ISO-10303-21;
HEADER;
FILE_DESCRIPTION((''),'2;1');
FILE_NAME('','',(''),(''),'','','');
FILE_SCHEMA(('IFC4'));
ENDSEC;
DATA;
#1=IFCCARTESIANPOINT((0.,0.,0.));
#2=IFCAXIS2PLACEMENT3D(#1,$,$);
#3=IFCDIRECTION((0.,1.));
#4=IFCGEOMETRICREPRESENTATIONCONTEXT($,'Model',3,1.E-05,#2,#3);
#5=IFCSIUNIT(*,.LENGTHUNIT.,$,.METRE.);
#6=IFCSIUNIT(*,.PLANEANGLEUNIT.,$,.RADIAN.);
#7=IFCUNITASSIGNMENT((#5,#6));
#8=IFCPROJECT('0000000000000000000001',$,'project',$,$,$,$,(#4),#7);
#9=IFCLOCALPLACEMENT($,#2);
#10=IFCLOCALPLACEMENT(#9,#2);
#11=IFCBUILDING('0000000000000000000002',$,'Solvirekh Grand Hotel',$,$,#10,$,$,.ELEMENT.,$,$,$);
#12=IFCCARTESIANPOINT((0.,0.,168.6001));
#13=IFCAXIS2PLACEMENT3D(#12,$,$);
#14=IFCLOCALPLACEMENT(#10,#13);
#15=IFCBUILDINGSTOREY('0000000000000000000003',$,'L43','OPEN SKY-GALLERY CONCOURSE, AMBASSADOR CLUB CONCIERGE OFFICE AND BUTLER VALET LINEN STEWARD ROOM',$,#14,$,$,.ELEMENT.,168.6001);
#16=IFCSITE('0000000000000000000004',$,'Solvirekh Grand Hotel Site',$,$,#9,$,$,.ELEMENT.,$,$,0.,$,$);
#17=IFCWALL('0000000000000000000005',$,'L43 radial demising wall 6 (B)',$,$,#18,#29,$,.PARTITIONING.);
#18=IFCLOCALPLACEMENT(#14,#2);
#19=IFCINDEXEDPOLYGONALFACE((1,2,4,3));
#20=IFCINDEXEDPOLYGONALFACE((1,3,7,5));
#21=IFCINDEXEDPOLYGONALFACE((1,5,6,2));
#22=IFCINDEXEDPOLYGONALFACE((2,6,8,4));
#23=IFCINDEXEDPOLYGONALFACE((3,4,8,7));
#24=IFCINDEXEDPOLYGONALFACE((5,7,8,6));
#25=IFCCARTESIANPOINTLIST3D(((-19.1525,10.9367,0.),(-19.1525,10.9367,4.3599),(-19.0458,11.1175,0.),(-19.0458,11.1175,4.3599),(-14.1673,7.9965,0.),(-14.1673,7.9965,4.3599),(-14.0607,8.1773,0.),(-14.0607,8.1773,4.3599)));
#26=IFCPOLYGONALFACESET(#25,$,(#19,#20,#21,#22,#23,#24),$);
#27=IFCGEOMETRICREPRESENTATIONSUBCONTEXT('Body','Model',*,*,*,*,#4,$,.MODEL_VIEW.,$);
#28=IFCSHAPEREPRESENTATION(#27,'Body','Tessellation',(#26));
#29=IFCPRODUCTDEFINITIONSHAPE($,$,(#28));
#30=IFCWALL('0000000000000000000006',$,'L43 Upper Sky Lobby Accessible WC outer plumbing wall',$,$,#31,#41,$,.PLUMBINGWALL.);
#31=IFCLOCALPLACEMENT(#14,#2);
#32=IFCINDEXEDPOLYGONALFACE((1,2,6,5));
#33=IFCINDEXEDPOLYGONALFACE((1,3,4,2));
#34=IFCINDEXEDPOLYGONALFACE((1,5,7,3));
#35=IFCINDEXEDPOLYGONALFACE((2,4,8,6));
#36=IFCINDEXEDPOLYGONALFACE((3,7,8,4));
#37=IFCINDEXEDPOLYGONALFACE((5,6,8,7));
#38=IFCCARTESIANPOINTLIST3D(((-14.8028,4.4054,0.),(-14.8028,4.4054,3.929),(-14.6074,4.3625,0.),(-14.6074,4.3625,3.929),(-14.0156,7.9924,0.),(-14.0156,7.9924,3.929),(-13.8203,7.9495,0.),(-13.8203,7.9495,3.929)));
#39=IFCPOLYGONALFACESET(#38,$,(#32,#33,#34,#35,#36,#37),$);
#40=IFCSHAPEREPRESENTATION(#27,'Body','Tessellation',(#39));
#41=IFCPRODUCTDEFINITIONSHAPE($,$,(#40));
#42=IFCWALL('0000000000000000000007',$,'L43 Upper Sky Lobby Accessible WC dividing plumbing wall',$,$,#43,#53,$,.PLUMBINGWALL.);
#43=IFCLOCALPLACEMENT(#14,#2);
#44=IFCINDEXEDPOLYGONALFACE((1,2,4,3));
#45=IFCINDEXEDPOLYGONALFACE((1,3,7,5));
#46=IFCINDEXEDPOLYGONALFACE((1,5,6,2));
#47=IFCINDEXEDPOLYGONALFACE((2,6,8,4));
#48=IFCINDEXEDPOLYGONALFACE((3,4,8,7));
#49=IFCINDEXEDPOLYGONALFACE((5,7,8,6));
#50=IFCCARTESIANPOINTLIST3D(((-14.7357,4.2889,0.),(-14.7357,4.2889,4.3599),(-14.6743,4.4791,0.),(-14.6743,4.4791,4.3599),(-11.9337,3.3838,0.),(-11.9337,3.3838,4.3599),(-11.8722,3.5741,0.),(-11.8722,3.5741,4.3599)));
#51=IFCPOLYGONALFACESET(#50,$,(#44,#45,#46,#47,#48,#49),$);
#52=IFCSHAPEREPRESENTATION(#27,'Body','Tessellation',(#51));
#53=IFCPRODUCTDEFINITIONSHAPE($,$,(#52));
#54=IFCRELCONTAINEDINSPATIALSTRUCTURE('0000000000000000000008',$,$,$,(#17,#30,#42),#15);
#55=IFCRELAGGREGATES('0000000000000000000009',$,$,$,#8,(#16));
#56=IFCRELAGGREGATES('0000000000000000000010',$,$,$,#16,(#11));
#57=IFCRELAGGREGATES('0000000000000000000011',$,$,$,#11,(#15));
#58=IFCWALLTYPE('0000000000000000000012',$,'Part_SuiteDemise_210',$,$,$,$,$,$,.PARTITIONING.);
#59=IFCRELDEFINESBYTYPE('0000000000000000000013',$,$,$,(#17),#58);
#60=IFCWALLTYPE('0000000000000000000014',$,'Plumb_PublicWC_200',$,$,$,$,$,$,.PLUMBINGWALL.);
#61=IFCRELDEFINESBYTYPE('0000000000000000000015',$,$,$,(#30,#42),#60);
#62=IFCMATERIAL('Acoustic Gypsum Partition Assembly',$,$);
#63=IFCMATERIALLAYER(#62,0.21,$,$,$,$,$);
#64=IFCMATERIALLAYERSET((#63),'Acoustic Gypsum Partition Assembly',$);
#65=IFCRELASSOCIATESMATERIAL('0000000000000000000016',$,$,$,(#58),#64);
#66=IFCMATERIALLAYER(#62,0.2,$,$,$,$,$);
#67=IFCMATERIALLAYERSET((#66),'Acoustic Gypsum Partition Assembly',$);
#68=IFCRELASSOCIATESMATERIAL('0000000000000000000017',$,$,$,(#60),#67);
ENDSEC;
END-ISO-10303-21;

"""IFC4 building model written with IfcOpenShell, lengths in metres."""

from ifc_helpers import new_model, si_unit, direction, frame, frame_2d, origin, place, context, subcontext, project, spatial, rectangle, extrude, material, layer, layer_set, type_object, element, save


model = new_model("IFC4")

# Units and contexts
model_context = context("Model", 3, precision=1e-05, world=origin(), true_north=direction((0.0, 1.0)))
body_context = subcontext(model_context, "Body", "Model", "MODEL_VIEW")
ifc_project = project(units=[si_unit("LENGTHUNIT", "METRE"), si_unit("PLANEANGLEUNIT", "RADIAN")], contexts=[model_context])

# Site, building, storey
site_placement = place(None, origin())
site = spatial("IfcSite", under=ifc_project, at=site_placement, Name="Solvirekh Grand Hotel Site", CompositionType="ELEMENT", RefElevation=0.0)
building_placement = place(site_placement, origin())
building = spatial("IfcBuilding", under=site, at=building_placement, Name="Solvirekh Grand Hotel", CompositionType="ELEMENT")
storey_placement = place(building_placement, frame((0.0, 0.0, 168.6001)))
storey = spatial("IfcBuildingStorey", under=building, at=storey_placement, Name="L43", Description="OPEN SKY-GALLERY CONCOURSE, AMBASSADOR CLUB CONCIERGE OFFICE AND BUTLER VALET LINEN STEWARD ROOM", CompositionType="ELEMENT", Elevation=168.6001)

# Shared definitions
ifc_material_1 = material(Name="Acoustic Gypsum Partition Assembly")

# Walls
ifc_layer_1 = layer(ifc_material_1, 0.21)
ifc_layer_set_1 = layer_set([ifc_layer_1], Name="Acoustic Gypsum Partition Assembly")
wall_type_1 = type_object("IfcWallType", Name="Part_SuiteDemise_210", PredefinedType="PARTITIONING", material=ifc_layer_set_1)
wall_1_placement = place(storey_placement, frame((-14.114, 8.0869, 0.0), z_axis=(0.0, 0.0, 1.0), x_axis=(-0.861347, 0.508017, 0.0)))
element("IfcWall", 1, at=wall_1_placement, inside=storey, type_object=wall_type_1, Name="L43 radial demising wall 6 (B)", PredefinedType="PARTITIONING", context=body_context, shape_type="SweptSolid", body=[
    extrude(rectangle(XDim=5.7876, YDim=0.21, at=frame_2d((2.8938, 0.0))), origin(), (0.0, 0.0, 1.0), 4.3599),
])
ifc_layer_2 = layer(ifc_material_1, 0.2)
ifc_layer_set_2 = layer_set([ifc_layer_2], Name="Acoustic Gypsum Partition Assembly")
wall_type_2 = type_object("IfcWallType", Name="Plumb_PublicWC_200", PredefinedType="PLUMBINGWALL", material=ifc_layer_set_2)
wall_2_placement = place(storey_placement, frame((-13.918, 7.9709, 0.0), z_axis=(0.0, 0.0, 1.0), x_axis=(-0.214339, -0.976759, 0.0)))
element("IfcWall", 2, at=wall_2_placement, inside=storey, type_object=wall_type_2, Name="L43 Upper Sky Lobby Accessible WC outer plumbing wall", PredefinedType="PLUMBINGWALL", context=body_context, shape_type="SweptSolid", body=[
    extrude(rectangle(XDim=3.6724, YDim=0.2, at=frame_2d((1.8362, 0.0))), origin(), (0.0, 0.0, 1.0), 3.929),
])
wall_3_placement = place(storey_placement, frame((-11.9031, 3.479, 0.0), z_axis=(0.0, 0.0, 1.0), x_axis=(-0.951594, 0.307359, 0.0)))
element("IfcWall", 3, at=wall_3_placement, inside=storey, type_object=wall_type_2, Name="L43 Upper Sky Lobby Accessible WC dividing plumbing wall", PredefinedType="PLUMBINGWALL", context=body_context, shape_type="SweptSolid", body=[
    extrude(rectangle(XDim=2.9446, YDim=0.2, at=frame_2d((1.4722, 0.0))), origin(), (0.0, 0.0, 1.0), 4.3599),
])

save(model, "model.ifc")
